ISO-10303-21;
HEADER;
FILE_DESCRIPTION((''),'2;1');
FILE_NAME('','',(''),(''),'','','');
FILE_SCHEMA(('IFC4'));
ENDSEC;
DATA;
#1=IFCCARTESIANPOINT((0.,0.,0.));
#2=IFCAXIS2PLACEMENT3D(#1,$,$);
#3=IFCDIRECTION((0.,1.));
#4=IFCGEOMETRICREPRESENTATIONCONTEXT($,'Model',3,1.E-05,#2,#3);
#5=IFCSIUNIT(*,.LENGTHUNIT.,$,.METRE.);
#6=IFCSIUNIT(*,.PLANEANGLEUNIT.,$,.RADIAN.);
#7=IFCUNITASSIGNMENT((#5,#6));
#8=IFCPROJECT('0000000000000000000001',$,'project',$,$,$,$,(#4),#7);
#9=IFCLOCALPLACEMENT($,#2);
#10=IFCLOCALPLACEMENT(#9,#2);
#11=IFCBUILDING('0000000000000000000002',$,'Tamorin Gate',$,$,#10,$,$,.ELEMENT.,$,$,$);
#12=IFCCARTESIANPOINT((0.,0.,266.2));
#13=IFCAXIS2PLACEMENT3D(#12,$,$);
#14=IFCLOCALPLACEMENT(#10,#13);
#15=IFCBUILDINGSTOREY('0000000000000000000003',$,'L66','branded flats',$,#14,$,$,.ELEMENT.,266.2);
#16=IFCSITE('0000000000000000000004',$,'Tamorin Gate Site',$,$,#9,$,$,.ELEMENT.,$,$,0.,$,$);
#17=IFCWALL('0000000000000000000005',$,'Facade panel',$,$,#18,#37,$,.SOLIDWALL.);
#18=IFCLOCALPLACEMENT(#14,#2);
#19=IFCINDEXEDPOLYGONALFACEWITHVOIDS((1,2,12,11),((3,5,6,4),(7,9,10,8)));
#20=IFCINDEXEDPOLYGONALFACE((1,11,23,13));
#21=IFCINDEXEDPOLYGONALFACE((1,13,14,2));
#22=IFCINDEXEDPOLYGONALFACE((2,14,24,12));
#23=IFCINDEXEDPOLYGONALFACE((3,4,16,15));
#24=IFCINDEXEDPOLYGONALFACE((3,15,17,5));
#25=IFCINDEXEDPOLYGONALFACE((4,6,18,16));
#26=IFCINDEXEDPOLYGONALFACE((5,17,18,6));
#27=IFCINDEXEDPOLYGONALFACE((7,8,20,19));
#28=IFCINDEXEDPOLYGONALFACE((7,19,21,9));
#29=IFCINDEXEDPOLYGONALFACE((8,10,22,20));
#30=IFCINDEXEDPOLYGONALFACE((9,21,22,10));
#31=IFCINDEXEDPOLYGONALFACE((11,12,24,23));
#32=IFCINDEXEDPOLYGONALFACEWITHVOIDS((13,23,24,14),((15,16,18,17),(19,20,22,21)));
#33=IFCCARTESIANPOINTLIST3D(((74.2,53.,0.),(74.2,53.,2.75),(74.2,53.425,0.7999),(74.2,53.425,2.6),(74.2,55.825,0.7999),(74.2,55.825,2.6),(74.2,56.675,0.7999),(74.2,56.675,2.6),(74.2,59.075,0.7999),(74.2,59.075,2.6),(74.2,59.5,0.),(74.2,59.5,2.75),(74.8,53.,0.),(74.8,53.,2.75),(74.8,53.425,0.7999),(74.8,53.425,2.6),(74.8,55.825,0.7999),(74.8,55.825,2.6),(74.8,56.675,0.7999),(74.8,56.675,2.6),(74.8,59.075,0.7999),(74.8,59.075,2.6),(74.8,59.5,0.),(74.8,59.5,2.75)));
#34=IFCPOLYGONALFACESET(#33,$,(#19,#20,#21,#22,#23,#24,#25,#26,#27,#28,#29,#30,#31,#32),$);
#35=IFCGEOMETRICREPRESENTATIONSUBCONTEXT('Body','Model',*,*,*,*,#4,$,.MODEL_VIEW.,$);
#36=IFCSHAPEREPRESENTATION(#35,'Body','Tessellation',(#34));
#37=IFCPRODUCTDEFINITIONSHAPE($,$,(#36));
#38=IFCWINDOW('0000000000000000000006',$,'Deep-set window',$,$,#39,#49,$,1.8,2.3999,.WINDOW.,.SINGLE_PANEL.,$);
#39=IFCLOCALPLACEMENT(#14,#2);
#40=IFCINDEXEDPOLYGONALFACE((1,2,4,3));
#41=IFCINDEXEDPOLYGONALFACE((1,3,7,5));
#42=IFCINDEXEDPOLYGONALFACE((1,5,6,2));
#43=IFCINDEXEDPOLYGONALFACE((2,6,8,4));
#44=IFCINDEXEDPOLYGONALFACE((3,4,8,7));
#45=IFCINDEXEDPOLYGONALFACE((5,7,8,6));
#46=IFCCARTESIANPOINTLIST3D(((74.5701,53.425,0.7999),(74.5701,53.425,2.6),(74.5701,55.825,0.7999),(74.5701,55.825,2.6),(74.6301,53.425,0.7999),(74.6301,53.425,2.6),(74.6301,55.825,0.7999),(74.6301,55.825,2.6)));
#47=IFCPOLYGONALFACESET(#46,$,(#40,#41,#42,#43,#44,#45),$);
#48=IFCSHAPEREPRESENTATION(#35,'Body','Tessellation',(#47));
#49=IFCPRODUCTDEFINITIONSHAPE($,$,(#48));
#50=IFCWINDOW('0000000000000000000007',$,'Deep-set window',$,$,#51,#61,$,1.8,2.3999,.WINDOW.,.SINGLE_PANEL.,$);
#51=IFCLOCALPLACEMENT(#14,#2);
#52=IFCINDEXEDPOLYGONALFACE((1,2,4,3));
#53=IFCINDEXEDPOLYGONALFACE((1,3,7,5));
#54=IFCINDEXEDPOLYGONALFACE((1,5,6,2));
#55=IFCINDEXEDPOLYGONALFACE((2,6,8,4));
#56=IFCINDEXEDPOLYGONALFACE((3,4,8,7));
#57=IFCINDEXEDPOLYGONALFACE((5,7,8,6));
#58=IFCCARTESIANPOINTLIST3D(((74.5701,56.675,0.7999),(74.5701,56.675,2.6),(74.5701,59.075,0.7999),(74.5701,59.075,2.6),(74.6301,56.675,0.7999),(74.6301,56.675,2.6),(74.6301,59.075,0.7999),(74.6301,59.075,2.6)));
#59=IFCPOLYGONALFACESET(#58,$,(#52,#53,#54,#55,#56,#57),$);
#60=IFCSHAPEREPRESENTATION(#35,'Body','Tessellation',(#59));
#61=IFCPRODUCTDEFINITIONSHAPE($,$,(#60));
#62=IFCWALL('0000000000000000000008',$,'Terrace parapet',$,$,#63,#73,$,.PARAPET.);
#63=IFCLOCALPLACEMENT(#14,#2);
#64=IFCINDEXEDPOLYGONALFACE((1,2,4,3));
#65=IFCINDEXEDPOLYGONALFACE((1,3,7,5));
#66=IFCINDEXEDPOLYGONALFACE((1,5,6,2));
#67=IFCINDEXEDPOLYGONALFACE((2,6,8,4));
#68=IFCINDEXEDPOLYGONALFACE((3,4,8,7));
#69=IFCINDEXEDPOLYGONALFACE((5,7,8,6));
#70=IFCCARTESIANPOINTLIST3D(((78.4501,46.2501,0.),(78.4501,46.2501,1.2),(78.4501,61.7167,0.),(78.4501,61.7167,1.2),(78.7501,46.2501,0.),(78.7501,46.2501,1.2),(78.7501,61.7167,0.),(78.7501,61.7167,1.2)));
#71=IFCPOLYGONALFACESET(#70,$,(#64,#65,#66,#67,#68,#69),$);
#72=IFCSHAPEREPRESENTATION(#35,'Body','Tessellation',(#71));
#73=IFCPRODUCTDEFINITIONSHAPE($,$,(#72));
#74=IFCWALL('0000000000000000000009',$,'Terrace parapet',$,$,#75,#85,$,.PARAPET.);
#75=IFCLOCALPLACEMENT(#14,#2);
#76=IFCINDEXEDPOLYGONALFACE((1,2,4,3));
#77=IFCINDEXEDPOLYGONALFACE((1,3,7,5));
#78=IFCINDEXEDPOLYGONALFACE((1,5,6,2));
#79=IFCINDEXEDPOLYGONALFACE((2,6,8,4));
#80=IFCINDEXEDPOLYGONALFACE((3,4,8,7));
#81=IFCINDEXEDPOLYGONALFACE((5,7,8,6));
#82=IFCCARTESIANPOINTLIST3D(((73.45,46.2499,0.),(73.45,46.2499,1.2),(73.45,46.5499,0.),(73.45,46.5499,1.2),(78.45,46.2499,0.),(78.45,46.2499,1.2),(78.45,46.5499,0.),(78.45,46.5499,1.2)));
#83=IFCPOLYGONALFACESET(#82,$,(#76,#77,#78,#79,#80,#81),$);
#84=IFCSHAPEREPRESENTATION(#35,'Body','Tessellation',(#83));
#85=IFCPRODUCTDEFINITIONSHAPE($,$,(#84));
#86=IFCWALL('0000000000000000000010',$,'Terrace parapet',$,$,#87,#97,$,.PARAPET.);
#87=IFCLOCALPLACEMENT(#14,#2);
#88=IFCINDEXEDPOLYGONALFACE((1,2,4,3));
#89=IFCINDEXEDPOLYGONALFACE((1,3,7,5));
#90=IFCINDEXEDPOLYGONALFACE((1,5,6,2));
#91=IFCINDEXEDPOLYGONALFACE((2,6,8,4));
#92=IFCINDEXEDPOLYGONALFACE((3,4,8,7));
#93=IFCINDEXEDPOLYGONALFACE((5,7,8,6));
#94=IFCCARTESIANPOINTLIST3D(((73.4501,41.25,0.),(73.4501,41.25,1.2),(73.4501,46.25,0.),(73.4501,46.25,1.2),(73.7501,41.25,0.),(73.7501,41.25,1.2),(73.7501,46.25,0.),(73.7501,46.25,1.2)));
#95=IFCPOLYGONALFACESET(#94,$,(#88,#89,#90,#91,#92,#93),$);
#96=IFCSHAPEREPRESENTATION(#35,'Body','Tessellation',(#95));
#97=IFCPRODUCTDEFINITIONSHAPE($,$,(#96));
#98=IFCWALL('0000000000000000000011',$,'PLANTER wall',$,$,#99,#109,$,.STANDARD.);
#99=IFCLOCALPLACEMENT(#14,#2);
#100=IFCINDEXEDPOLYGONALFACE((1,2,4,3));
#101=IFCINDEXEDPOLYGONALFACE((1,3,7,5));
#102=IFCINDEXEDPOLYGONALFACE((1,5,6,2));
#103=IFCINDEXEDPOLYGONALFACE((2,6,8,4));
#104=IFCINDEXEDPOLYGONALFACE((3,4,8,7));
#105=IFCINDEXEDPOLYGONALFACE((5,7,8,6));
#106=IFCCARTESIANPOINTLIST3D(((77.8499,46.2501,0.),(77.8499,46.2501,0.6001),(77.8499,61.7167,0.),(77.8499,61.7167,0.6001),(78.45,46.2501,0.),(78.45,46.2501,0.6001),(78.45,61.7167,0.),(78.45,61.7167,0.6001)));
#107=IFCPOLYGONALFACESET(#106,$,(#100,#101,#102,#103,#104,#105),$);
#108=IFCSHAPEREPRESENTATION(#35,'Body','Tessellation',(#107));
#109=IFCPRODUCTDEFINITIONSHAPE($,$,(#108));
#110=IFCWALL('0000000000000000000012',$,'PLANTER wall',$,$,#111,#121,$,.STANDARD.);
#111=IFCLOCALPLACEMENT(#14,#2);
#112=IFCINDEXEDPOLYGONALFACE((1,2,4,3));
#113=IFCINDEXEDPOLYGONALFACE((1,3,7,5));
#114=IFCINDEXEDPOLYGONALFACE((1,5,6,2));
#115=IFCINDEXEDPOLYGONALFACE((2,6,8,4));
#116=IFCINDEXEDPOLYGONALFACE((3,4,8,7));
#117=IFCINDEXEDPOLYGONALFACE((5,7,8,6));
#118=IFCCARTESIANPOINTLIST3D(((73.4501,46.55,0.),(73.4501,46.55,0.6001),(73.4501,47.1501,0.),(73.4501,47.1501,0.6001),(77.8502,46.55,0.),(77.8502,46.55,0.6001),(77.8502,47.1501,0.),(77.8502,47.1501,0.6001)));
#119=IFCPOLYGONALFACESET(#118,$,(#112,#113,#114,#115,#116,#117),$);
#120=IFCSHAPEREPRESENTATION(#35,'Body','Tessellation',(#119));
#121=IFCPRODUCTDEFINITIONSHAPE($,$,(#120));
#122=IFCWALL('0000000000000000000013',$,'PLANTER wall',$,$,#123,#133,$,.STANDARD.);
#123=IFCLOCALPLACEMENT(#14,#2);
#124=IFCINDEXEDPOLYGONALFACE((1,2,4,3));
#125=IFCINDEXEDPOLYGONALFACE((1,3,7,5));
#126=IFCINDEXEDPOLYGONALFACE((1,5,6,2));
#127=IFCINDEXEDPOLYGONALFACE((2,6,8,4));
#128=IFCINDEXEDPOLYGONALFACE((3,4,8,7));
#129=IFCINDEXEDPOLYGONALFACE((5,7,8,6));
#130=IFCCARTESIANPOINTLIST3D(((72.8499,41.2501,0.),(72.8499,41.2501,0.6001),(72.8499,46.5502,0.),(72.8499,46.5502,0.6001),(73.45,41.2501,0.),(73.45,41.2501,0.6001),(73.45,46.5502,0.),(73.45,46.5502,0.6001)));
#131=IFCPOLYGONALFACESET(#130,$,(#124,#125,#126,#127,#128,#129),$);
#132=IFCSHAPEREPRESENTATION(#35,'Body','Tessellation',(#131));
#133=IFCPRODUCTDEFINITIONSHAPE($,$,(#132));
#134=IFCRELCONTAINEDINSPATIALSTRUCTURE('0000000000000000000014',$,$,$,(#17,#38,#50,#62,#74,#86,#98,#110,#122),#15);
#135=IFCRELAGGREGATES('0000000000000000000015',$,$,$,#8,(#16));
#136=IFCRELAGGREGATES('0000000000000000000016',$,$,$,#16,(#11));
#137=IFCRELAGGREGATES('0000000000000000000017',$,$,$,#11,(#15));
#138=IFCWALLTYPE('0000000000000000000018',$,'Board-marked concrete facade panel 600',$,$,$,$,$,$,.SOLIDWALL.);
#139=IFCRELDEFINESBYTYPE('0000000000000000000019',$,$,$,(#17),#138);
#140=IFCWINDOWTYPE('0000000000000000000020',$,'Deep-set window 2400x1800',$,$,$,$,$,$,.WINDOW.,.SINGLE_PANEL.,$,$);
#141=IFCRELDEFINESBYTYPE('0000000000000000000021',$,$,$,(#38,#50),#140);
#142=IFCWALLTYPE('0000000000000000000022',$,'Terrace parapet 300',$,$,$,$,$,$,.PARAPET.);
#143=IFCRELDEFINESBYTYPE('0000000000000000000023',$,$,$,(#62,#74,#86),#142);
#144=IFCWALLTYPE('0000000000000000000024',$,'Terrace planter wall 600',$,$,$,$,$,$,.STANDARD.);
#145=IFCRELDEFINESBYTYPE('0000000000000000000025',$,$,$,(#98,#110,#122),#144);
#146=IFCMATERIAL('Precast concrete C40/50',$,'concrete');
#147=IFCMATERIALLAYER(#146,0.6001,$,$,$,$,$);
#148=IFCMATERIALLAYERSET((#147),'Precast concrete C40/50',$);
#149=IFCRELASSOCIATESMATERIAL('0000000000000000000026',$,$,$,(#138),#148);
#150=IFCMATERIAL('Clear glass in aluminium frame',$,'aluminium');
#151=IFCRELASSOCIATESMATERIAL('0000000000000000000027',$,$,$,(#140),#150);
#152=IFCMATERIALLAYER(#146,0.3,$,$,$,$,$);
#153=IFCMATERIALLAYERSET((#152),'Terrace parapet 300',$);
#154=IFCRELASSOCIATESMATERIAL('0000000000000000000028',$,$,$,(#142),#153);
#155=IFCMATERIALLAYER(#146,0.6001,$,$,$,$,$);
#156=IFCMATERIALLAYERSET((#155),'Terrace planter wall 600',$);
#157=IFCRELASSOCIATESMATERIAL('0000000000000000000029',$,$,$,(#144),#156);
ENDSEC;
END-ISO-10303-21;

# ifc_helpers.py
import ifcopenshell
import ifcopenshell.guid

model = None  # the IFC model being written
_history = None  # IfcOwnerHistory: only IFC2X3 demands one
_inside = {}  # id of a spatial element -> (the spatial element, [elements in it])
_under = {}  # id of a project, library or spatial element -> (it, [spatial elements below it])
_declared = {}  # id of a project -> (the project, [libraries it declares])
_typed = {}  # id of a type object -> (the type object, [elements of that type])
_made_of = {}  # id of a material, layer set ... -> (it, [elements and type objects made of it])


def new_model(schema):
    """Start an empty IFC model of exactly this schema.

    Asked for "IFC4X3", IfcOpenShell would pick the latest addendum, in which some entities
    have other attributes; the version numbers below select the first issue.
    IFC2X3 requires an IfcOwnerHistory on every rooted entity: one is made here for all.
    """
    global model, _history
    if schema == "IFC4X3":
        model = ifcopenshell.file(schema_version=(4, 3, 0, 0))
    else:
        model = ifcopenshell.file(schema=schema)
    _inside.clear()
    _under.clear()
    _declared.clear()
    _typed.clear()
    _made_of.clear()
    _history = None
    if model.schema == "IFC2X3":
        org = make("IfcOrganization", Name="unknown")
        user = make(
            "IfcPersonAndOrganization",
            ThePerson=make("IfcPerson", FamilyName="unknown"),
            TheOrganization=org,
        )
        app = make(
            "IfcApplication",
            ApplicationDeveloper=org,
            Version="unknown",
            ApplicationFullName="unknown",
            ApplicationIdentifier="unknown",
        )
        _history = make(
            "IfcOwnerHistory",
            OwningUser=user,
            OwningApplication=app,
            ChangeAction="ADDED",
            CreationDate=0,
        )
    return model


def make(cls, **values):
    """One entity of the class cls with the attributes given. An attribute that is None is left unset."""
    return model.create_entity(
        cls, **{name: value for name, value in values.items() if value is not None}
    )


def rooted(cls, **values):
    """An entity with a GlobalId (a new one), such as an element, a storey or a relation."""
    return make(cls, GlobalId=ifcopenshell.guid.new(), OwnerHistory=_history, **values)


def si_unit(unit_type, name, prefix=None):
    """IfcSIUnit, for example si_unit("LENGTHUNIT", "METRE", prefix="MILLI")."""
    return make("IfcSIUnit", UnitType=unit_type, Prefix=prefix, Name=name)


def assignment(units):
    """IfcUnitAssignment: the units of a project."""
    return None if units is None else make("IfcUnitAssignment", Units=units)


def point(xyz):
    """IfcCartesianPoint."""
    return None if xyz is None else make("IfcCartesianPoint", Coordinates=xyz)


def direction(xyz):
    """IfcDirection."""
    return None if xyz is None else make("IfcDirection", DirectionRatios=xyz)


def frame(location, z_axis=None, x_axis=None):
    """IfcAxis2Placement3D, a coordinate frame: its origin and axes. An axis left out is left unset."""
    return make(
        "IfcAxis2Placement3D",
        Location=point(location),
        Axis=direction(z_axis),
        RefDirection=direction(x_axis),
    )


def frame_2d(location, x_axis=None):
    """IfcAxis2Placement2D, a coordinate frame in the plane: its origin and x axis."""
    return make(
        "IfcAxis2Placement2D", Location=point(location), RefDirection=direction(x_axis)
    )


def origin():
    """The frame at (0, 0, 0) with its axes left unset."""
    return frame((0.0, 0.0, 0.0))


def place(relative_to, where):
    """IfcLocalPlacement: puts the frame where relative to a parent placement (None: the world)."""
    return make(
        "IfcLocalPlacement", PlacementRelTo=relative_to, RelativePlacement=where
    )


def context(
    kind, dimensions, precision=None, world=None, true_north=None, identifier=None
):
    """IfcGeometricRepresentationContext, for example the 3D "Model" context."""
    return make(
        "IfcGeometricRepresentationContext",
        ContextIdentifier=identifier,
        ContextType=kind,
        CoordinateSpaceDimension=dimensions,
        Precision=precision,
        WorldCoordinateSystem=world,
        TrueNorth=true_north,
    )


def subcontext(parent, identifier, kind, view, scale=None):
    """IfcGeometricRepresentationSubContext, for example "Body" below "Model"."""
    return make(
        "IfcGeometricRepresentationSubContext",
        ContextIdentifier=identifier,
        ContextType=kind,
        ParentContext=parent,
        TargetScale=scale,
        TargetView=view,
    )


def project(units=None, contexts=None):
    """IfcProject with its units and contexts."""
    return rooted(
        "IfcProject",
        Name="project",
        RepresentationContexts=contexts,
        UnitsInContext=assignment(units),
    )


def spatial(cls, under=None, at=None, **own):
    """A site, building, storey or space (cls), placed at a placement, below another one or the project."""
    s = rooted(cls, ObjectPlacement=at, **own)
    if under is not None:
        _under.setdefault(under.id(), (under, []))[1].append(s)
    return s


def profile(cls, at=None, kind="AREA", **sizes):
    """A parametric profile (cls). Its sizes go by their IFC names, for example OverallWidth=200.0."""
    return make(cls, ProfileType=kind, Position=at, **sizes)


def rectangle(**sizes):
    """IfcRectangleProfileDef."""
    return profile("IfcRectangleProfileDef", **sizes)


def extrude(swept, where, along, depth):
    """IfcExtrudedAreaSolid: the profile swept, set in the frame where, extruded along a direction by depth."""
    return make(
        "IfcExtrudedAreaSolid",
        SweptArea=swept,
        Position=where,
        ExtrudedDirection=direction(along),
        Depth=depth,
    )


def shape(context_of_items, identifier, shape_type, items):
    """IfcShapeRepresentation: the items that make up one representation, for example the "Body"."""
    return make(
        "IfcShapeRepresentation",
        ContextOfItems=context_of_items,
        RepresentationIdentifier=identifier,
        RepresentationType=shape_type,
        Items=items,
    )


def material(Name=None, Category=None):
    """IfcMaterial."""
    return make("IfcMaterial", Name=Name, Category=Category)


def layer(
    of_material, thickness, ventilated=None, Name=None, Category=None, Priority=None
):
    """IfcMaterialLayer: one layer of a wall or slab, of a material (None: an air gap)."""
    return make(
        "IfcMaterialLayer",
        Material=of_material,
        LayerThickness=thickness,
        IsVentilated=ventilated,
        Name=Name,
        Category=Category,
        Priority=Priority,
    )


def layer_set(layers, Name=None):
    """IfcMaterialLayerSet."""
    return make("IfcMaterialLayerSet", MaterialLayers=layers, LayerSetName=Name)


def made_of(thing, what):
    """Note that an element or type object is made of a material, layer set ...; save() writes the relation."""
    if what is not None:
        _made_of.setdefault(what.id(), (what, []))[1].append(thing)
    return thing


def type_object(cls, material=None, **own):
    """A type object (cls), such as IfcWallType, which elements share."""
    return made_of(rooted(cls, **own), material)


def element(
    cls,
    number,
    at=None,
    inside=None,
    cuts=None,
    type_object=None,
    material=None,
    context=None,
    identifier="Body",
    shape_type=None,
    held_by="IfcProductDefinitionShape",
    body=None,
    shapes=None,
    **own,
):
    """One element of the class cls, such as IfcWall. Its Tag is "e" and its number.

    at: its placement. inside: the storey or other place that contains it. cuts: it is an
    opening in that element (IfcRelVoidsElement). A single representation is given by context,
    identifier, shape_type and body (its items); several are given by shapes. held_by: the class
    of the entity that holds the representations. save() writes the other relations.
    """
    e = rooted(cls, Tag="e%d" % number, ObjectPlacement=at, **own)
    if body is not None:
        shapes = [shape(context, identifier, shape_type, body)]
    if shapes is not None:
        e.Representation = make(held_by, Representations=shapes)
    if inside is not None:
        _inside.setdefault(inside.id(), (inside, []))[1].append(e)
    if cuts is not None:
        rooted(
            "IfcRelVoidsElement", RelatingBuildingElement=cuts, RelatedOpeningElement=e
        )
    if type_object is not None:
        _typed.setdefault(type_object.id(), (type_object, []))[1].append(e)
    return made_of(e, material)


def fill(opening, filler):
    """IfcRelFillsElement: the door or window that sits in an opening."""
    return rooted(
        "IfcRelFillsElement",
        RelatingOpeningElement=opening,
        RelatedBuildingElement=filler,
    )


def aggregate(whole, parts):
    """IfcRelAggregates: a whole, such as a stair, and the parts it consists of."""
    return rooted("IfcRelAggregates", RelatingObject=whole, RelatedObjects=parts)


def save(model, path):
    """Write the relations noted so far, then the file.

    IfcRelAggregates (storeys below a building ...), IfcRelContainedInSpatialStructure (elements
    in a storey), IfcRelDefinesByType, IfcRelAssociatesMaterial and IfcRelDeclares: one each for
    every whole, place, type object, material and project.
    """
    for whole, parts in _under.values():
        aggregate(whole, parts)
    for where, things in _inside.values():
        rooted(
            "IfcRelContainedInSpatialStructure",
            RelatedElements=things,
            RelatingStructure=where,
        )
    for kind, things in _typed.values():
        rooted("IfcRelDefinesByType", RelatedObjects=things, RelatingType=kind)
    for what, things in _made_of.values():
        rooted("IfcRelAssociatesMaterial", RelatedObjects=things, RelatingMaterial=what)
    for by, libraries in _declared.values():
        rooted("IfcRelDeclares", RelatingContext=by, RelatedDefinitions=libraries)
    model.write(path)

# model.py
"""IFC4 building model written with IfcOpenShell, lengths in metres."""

from ifc_helpers import new_model, si_unit, direction, frame, frame_2d, origin, place, context, subcontext, project, spatial, rectangle, extrude, material, layer, layer_set, type_object, element, fill, save


model = new_model("IFC4")

# Units and contexts
model_context = context("Model", 3, precision=1e-05, world=origin(), true_north=direction((0.0, 1.0)))
body_context = subcontext(model_context, "Body", "Model", "MODEL_VIEW")
ifc_project = project(units=[si_unit("LENGTHUNIT", "METRE"), si_unit("PLANEANGLEUNIT", "RADIAN")], contexts=[model_context])

# Site, building, storey
site_placement = place(None, origin())
site = spatial("IfcSite", under=ifc_project, at=site_placement, Name="Tamorin Gate Site", CompositionType="ELEMENT", RefElevation=0.0)
building_placement = place(site_placement, origin())
building = spatial("IfcBuilding", under=site, at=building_placement, Name="Tamorin Gate", CompositionType="ELEMENT")
storey_placement = place(building_placement, frame((0.0, 0.0, 266.2)))
storey = spatial("IfcBuildingStorey", under=building, at=storey_placement, Name="L66", Description="branded flats", CompositionType="ELEMENT", Elevation=266.2)

# Shared definitions
ifc_material_1 = material(Name="Precast concrete C40/50", Category="concrete")
ifc_layer_1 = layer(ifc_material_1, 0.6001)
ifc_layer_set_1 = layer_set([ifc_layer_1], Name="Precast concrete C40/50")
wall_type_1 = type_object("IfcWallType", Name="Board-marked concrete facade panel 600", PredefinedType="SOLIDWALL", material=ifc_layer_set_1)

# Shared definitions
ifc_material_2 = material(Name="Clear glass in aluminium frame", Category="aluminium")
window_type = type_object("IfcWindowType", Name="Deep-set window 2400x1800", PartitioningType="SINGLE_PANEL", PredefinedType="WINDOW", material=ifc_material_2)

# Wall, openings, windows
wall_1_placement = place(storey_placement, frame((74.5, 53.0, 0.0), z_axis=(0.0, 0.0, 1.0), x_axis=(0.0, 1.0, 0.0)))
wall_1 = element("IfcWall", 1, at=wall_1_placement, inside=storey, type_object=wall_type_1, Name="Facade panel", PredefinedType="SOLIDWALL", context=body_context, shape_type="SweptSolid", body=[
    extrude(rectangle(XDim=6.5, YDim=0.6001, at=frame_2d((3.25, 0.0))), origin(), (0.0, 0.0, 1.0), 2.75),
])
opening_1_placement = place(wall_1_placement, frame((0.425, 0.0, 0.8)))
opening_1 = element("IfcOpeningElement", 2, at=opening_1_placement, cuts=wall_1, PredefinedType="OPENING", context=body_context, shape_type="SweptSolid", body=[
    extrude(rectangle(XDim=2.3999, YDim=1.8, at=frame_2d((1.2, 0.8999))), frame((0.0, 0.3101, 0.0), z_axis=(0.0, -1.0, 0.0), x_axis=(1.0, 0.0, 0.0)), (0.0, 0.0, 1.0), 0.6201),
])
opening_2_placement = place(wall_1_placement, frame((3.675, 0.0, 0.8)))
opening_2 = element("IfcOpeningElement", 3, at=opening_2_placement, cuts=wall_1, PredefinedType="OPENING", context=body_context, shape_type="SweptSolid", body=[
    extrude(rectangle(XDim=2.3999, YDim=1.8, at=frame_2d((1.2, 0.8999))), frame((0.0, 0.3101, 0.0), z_axis=(0.0, -1.0, 0.0), x_axis=(1.0, 0.0, 0.0)), (0.0, 0.0, 1.0), 0.6201),
])
window_1_placement = place(opening_1_placement, origin())
window_1 = element("IfcWindow", 4, at=window_1_placement, inside=storey, type_object=window_type, Name="Deep-set window", OverallHeight=1.8, OverallWidth=2.3999, PartitioningType="SINGLE_PANEL", PredefinedType="WINDOW", context=body_context, shape_type="SweptSolid", body=[
    extrude(rectangle(XDim=2.3999, YDim=1.8, at=frame_2d((1.2, 0.8999))), frame((0.0, -0.0701, 0.0), z_axis=(0.0, -1.0, 0.0), x_axis=(1.0, 0.0, 0.0)), (0.0, 0.0, 1.0), 0.0601),
])
fill(opening_1, window_1)
window_2_placement = place(opening_2_placement, origin())
window_2 = element("IfcWindow", 5, at=window_2_placement, inside=storey, type_object=window_type, Name="Deep-set window", OverallHeight=1.8, OverallWidth=2.3999, PartitioningType="SINGLE_PANEL", PredefinedType="WINDOW", context=body_context, shape_type="SweptSolid", body=[
    extrude(rectangle(XDim=2.3999, YDim=1.8, at=frame_2d((1.2, 0.8999))), frame((0.0, -0.0701, 0.0), z_axis=(0.0, -1.0, 0.0), x_axis=(1.0, 0.0, 0.0)), (0.0, 0.0, 1.0), 0.0601),
])
fill(opening_2, window_2)

# Walls
ifc_layer_2 = layer(ifc_material_1, 0.3)
ifc_layer_set_2 = layer_set([ifc_layer_2], Name="Terrace parapet 300")
wall_type_2 = type_object("IfcWallType", Name="Terrace parapet 300", PredefinedType="PARAPET", material=ifc_layer_set_2)
wall_2_placement = place(storey_placement, frame((78.6001, 46.25, 0.0), z_axis=(0.0, 0.0, 1.0), x_axis=(0.0, 1.0, 0.0)))
element("IfcWall", 6, at=wall_2_placement, inside=storey, type_object=wall_type_2, Name="Terrace parapet", PredefinedType="PARAPET", context=body_context, shape_type="SweptSolid", body=[
    extrude(rectangle(XDim=15.4666, YDim=0.3, at=frame_2d((7.7334, 0.0))), origin(), (0.0, 0.0, 1.0), 1.2),
])
for number, where, z_axis, x_axis, name in (
    (7, (73.45, 46.3999, 0.0), (0.0, 0.0, 1.0), (1.0, 0.0, 0.0), "Terrace parapet"),
    (8, (73.6001, 41.25, 0.0), (0.0, 0.0, 1.0), (0.0, 1.0, 0.0), "Terrace parapet"),
):
    element("IfcWall", number, at=place(storey_placement, frame(where, z_axis=z_axis, x_axis=x_axis)), inside=storey, type_object=wall_type_2, Name=name, PredefinedType="PARAPET", context=body_context, shape_type="SweptSolid", body=[
        extrude(rectangle(XDim=5.0, YDim=0.3, at=frame_2d((2.5, 0.0))), origin(), (0.0, 0.0, 1.0), 1.2),
    ])
ifc_layer_3 = layer(ifc_material_1, 0.6001)
ifc_layer_set_3 = layer_set([ifc_layer_3], Name="Terrace planter wall 600")
wall_type_3 = type_object("IfcWallType", Name="Terrace planter wall 600", PredefinedType="STANDARD", material=ifc_layer_set_3)
wall_3_placement = place(storey_placement, frame((78.1499, 46.25, 0.0), z_axis=(0.0, 0.0, 1.0), x_axis=(0.0, 1.0, 0.0)))
element("IfcWall", 9, at=wall_3_placement, inside=storey, type_object=wall_type_3, Name="PLANTER wall", PredefinedType="STANDARD", context=body_context, shape_type="SweptSolid", body=[
    extrude(rectangle(XDim=15.4666, YDim=0.6001, at=frame_2d((7.7334, 0.0))), origin(), (0.0, 0.0, 1.0), 0.6001),
])
wall_4_placement = place(storey_placement, frame((73.45, 46.8501, 0.0), z_axis=(0.0, 0.0, 1.0), x_axis=(1.0, 0.0, 0.0)))
element("IfcWall", 10, at=wall_4_placement, inside=storey, type_object=wall_type_3, Name="PLANTER wall", PredefinedType="STANDARD", context=body_context, shape_type="SweptSolid", body=[
    extrude(rectangle(XDim=4.4001, YDim=0.6001, at=frame_2d((2.2002, 0.0))), origin(), (0.0, 0.0, 1.0), 0.6001),
])
wall_5_placement = place(storey_placement, frame((73.1499, 46.55, 0.0), z_axis=(0.0, 0.0, 1.0), x_axis=(0.0, -1.0, 0.0)))
element("IfcWall", 11, at=wall_5_placement, inside=storey, type_object=wall_type_3, Name="PLANTER wall", PredefinedType="STANDARD", context=body_context, shape_type="SweptSolid", body=[
    extrude(rectangle(XDim=5.3, YDim=0.6001, at=frame_2d((2.6499, 0.0))), origin(), (0.0, 0.0, 1.0), 0.6001),
])

save(model, "model.ifc")
